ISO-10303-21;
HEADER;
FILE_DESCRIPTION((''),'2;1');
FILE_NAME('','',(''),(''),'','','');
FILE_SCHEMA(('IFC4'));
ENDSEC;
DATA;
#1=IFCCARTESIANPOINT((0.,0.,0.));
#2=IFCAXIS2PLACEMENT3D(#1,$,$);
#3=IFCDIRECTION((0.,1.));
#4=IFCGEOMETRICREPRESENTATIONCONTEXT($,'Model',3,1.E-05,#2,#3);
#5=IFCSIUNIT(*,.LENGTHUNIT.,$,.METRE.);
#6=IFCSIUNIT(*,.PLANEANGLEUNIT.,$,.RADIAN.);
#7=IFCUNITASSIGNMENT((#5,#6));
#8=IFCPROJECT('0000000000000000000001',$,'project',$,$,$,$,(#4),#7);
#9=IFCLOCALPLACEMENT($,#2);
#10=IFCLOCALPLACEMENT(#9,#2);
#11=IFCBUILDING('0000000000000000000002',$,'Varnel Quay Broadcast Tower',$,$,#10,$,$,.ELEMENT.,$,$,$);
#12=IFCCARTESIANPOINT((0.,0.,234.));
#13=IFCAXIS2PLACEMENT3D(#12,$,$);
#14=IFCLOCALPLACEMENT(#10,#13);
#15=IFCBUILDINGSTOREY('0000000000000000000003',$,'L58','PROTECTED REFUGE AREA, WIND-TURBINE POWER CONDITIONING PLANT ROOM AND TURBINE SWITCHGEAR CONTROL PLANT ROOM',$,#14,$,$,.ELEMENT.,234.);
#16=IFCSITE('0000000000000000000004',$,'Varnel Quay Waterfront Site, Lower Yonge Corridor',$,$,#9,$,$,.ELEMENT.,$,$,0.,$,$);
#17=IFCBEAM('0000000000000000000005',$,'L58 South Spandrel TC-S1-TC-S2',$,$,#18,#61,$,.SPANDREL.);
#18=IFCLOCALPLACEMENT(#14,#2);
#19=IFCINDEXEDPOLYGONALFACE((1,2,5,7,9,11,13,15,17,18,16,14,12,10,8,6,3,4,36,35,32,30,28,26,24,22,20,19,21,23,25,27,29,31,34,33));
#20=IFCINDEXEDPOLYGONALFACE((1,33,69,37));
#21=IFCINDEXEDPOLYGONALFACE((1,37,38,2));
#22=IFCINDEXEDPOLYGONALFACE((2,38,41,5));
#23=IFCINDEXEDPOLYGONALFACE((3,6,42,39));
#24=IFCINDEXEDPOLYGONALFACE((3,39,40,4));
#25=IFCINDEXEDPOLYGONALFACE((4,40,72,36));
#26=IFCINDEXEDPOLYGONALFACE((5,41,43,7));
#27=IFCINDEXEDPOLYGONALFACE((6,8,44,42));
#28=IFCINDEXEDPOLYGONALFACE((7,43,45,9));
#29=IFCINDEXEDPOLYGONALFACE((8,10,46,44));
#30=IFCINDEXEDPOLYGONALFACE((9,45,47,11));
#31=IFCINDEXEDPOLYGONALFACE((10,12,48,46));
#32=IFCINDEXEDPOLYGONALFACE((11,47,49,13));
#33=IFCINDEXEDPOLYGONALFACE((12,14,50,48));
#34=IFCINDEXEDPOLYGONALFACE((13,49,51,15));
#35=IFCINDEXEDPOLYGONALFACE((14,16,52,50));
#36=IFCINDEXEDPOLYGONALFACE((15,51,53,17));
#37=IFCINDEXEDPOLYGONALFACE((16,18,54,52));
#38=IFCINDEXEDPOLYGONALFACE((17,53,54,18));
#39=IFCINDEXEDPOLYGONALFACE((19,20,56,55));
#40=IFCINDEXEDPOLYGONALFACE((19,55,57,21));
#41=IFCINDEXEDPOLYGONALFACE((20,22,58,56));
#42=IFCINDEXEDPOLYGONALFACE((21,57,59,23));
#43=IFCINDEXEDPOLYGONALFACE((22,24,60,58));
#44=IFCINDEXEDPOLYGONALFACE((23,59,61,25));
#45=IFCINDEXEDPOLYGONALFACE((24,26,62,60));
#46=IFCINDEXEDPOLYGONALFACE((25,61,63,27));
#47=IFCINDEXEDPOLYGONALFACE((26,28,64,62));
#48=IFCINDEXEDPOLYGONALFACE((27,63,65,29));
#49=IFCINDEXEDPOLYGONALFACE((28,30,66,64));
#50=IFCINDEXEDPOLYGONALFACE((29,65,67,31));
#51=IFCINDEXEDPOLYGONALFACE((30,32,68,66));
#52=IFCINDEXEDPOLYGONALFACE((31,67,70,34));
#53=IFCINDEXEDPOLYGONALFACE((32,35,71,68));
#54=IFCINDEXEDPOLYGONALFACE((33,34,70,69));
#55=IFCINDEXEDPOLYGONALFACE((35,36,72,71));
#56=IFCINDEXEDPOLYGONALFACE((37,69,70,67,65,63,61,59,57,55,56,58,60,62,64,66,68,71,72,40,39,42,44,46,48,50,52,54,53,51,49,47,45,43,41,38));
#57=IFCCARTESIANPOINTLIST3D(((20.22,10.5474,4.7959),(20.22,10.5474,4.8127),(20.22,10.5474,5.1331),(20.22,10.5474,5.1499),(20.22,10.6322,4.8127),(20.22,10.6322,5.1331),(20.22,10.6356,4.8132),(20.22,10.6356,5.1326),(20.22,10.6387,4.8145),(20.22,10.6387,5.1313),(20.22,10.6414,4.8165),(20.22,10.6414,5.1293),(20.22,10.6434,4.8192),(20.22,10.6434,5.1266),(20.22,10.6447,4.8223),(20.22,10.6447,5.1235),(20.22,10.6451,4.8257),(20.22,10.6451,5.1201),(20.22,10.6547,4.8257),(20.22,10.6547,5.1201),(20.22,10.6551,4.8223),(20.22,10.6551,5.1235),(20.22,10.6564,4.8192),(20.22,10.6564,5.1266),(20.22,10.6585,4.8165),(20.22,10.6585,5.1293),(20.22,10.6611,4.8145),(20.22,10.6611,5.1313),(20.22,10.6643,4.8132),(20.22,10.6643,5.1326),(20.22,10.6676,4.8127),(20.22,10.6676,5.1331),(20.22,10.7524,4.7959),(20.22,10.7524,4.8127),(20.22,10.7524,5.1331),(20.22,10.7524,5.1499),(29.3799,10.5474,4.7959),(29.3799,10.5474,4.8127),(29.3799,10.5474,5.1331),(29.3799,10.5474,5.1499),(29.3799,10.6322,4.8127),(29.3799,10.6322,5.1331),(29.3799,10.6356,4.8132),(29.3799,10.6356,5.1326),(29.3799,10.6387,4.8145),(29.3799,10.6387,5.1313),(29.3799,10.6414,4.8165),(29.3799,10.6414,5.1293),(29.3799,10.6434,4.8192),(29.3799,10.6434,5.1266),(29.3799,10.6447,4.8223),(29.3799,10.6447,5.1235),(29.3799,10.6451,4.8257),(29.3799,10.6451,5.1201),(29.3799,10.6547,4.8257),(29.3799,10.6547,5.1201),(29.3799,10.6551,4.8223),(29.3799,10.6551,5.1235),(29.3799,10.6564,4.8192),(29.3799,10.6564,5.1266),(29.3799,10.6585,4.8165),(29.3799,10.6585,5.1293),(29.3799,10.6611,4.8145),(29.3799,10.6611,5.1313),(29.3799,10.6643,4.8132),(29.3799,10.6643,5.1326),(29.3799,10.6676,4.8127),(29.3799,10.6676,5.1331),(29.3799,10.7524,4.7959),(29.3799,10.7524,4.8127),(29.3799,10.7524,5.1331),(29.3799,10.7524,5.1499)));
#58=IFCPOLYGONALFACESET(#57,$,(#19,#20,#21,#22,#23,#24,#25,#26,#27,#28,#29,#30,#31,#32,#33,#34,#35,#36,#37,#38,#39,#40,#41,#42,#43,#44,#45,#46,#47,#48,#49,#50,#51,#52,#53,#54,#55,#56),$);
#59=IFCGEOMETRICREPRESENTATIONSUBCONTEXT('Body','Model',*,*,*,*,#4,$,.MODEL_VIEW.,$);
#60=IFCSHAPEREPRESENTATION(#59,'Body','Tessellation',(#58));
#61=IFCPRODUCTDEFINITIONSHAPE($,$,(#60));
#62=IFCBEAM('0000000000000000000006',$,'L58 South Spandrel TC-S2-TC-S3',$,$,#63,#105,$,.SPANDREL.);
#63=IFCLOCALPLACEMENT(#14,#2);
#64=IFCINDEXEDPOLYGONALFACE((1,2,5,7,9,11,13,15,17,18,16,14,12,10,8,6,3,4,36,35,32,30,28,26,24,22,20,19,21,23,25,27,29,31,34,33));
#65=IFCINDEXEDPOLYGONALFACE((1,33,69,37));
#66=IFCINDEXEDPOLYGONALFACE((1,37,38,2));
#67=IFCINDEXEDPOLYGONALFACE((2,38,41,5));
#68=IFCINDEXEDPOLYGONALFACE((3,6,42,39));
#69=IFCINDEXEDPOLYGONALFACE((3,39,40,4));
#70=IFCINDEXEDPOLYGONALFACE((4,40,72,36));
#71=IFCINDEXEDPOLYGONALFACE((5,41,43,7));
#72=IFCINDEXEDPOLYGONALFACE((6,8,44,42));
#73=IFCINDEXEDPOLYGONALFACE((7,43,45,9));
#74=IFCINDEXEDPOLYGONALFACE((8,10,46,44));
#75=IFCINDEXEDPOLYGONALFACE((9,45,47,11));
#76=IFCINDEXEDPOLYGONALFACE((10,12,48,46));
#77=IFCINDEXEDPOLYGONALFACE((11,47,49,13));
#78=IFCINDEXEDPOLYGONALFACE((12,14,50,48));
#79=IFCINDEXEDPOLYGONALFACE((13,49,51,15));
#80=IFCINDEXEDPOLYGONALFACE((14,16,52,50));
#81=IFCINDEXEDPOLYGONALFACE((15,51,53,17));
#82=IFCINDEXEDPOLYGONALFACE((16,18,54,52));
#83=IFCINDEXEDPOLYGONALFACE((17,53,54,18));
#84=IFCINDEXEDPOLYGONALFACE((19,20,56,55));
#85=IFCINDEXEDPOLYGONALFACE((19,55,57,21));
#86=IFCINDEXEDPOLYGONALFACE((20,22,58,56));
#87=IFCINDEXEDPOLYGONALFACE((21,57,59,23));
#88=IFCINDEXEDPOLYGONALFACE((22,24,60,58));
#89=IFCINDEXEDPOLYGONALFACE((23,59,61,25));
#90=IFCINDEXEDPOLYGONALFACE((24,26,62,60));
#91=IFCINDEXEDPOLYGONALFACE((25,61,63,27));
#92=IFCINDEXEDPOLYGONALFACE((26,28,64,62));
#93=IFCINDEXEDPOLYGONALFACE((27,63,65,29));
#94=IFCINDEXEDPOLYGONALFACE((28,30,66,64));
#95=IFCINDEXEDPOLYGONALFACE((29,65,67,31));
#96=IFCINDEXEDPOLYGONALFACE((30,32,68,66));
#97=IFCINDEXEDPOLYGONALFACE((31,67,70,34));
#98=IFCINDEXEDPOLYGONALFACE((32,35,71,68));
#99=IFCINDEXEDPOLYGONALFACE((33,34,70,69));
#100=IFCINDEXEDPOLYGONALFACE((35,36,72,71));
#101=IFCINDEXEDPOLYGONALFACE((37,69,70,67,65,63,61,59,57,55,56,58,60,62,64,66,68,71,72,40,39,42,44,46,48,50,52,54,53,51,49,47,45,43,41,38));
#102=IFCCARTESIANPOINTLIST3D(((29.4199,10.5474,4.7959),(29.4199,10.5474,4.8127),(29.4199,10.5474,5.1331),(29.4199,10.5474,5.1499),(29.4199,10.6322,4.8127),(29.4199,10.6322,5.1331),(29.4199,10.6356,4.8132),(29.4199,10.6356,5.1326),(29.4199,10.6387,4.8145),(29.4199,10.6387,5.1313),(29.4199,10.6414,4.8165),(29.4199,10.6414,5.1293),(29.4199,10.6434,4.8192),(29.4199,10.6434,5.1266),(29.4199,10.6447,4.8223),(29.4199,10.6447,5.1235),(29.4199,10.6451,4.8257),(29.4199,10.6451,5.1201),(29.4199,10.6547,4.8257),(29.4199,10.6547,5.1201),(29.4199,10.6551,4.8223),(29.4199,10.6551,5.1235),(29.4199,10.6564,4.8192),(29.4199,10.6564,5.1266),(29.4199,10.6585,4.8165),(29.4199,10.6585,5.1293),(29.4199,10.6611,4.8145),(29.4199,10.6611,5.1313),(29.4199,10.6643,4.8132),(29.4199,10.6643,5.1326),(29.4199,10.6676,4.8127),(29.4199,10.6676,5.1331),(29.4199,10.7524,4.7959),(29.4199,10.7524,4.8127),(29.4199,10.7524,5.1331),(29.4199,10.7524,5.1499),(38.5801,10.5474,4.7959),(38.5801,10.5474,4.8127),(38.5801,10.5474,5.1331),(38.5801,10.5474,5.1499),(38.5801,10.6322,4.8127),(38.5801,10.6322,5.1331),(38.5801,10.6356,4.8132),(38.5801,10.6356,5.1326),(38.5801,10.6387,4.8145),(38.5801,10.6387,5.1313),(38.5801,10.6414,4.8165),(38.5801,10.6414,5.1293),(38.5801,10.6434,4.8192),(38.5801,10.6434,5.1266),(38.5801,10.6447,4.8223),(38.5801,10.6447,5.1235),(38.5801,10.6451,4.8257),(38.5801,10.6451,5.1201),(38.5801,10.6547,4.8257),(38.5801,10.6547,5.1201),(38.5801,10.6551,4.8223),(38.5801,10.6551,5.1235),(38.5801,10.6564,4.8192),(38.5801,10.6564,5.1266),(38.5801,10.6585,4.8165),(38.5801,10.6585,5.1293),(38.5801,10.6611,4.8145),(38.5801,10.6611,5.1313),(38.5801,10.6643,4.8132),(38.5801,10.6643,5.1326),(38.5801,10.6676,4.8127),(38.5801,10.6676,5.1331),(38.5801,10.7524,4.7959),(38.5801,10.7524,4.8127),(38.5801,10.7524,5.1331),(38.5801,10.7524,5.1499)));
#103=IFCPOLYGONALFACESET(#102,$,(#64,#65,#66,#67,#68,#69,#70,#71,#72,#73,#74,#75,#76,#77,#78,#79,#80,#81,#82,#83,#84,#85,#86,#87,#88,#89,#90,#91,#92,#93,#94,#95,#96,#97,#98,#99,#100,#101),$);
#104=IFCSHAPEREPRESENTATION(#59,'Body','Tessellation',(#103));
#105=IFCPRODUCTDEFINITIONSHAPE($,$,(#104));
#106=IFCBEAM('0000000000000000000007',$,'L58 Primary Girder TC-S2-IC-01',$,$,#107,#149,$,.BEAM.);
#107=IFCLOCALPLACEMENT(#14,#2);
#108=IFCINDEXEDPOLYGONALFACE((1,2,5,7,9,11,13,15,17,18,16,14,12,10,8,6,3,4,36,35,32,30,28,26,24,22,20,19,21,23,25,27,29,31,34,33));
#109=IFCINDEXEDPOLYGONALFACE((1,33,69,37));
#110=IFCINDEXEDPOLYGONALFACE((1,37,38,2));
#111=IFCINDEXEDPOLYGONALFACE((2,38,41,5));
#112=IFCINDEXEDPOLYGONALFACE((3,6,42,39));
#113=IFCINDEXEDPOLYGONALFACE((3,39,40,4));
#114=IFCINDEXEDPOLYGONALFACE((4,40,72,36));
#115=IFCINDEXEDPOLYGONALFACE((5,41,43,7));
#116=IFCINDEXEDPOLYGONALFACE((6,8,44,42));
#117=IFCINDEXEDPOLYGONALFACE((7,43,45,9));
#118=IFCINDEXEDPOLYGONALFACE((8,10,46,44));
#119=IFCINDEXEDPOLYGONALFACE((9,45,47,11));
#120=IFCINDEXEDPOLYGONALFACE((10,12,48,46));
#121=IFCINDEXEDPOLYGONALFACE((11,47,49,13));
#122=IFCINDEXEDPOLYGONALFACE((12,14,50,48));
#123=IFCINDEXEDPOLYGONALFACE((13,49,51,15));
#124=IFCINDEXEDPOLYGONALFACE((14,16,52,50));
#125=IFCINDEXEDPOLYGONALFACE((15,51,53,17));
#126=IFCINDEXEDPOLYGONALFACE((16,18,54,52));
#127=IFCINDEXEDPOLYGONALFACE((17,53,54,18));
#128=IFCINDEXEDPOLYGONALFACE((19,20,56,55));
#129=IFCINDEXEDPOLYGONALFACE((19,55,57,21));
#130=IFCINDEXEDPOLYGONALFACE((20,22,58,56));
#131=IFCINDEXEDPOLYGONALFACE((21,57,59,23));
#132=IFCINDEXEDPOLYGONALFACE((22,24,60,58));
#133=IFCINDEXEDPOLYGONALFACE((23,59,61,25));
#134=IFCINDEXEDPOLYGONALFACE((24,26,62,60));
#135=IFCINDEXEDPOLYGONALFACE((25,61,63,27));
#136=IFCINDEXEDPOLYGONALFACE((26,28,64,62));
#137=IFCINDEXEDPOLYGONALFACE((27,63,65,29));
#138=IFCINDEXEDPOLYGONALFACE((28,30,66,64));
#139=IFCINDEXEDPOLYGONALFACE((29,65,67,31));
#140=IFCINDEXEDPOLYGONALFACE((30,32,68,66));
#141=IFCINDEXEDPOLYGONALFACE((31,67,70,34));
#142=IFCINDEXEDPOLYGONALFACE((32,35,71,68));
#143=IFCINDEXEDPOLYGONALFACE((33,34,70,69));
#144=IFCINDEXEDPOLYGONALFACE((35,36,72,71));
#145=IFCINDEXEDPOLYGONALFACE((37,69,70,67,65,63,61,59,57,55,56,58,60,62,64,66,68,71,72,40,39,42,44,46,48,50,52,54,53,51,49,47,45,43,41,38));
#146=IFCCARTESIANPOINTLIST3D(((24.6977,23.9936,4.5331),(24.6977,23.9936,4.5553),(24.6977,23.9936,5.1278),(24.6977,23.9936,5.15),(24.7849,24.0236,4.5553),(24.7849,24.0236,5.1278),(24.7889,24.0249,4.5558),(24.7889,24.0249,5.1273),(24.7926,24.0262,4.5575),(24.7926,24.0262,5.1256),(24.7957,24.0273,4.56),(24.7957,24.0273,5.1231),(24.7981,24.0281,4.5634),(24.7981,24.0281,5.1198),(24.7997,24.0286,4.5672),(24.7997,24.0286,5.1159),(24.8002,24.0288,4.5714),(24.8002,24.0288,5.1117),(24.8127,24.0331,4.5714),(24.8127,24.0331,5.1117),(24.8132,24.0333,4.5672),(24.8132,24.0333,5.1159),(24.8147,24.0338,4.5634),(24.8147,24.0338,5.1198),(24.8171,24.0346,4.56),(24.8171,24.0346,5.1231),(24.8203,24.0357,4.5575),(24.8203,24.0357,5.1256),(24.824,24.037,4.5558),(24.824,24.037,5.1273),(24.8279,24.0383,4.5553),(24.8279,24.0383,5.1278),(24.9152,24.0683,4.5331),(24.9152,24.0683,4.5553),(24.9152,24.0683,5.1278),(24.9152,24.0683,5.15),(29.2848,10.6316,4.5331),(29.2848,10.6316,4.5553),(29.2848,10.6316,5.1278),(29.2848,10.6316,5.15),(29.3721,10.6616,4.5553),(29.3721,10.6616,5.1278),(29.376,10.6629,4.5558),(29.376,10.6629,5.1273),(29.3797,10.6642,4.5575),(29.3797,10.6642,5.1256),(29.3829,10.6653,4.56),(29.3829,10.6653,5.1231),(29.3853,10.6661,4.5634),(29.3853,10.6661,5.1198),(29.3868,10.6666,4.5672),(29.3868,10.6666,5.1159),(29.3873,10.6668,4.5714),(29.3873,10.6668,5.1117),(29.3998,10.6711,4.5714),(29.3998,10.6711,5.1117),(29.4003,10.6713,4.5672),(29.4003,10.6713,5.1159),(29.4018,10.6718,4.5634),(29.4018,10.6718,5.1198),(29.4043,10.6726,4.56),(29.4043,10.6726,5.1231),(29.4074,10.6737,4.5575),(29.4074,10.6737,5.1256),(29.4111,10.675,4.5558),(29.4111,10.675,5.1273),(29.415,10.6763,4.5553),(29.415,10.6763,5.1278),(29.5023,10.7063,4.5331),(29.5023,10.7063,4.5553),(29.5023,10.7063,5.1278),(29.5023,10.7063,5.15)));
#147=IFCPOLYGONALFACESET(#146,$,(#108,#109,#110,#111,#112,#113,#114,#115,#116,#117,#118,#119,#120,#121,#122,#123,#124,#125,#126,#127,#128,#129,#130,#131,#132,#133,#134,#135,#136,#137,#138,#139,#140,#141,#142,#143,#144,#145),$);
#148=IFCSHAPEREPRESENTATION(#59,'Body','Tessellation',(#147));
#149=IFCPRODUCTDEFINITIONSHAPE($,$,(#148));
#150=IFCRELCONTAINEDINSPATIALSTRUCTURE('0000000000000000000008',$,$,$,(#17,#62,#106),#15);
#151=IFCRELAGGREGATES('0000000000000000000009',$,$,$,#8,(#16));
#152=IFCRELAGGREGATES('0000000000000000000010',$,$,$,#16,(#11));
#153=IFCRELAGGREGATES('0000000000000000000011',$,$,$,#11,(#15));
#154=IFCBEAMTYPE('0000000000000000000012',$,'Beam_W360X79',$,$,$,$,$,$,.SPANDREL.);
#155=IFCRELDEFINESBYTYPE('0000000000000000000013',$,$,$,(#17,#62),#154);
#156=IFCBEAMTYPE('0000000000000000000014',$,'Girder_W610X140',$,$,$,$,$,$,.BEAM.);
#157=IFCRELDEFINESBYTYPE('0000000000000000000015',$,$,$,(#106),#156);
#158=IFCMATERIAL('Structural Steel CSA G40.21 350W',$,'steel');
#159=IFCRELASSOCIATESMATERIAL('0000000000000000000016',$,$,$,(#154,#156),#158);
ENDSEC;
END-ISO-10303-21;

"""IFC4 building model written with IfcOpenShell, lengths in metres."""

from ifc_helpers import new_model, si_unit, direction, frame, origin, origin_2d, place, context, subcontext, project, spatial, i_section, extrude, source, transform, mapped, material, material_profile, profile_set, type_object, type_shapes, element, save


model = new_model("IFC4")

# Units and contexts
model_context = context("Model", 3, precision=1e-05, world=origin(), true_north=direction((0.0, 1.0)))
body_context = subcontext(model_context, "Body", "Model", "MODEL_VIEW")
ifc_project = project(units=[si_unit("LENGTHUNIT", "METRE"), si_unit("PLANEANGLEUNIT", "RADIAN")], contexts=[model_context])

# Site, building, storey
site_placement = place(None, origin())
site = spatial("IfcSite", under=ifc_project, at=site_placement, Name="Varnel Quay Waterfront Site, Lower Yonge Corridor", CompositionType="ELEMENT", RefElevation=0.0)
building_placement = place(site_placement, origin())
building = spatial("IfcBuilding", under=site, at=building_placement, Name="Varnel Quay Broadcast Tower", CompositionType="ELEMENT")
storey_placement = place(building_placement, frame((0.0, 0.0, 234.0)))
storey = spatial("IfcBuildingStorey", under=building, at=storey_placement, Name="L58", Description="PROTECTED REFUGE AREA, WIND-TURBINE POWER CONDITIONING PLANT ROOM AND TURBINE SWITCHGEAR CONTROL PLANT ROOM", CompositionType="ELEMENT", Elevation=234.0)

# Shared definitions
ifc_material_1 = material(Name="Structural Steel CSA G40.21 350W", Category="steel")

# Beams
ifc_material_profile_1 = material_profile(ifc_material_1, i_section(OverallWidth=0.2051, OverallDepth=0.354, WebThickness=0.0095, FlangeThickness=0.0168, FilletRadius=0.0129, at=origin_2d()), Name="W360X79")
ifc_profile_set_1 = profile_set([ifc_material_profile_1], Name="Structural Steel CSA G40.21 350W")
beam_type_1 = type_object("IfcBeamType", Name="Beam_W360X79", PredefinedType="SPANDREL", material=ifc_profile_set_1)
shared_shape_1 = source(origin(), body_context, "Body", "SweptSolid", [
    extrude(i_section(OverallWidth=0.2051, OverallDepth=0.354, WebThickness=0.0095, FlangeThickness=0.0168, FilletRadius=0.0129, at=origin_2d()), origin(), (0.0, 0.0, 1.0), 9.1599),
])
beam_1_placement = place(storey_placement, frame((20.22, 10.6499, 4.9729), z_axis=(1.0, 0.0, 0.0), x_axis=(0.0, 1.0, 0.0)))
element("IfcBeam", 1, at=beam_1_placement, inside=storey, type_object=beam_type_1, Name="L58 South Spandrel TC-S1-TC-S2", PredefinedType="SPANDREL", context=body_context, shape_type="MappedRepresentation", body=[
    mapped(shared_shape_1, transform((0.0, 0.0, 0.0), x_axis=(1.0, 0.0, 0.0), y_axis=(0.0, 1.0, 0.0), z_axis=(0.0, 0.0, 1.0), scale=1.0)),
])
shared_shape_2 = source(origin(), body_context, "Body", "SweptSolid", [
    extrude(i_section(OverallWidth=0.2051, OverallDepth=0.354, WebThickness=0.0095, FlangeThickness=0.0168, FilletRadius=0.0129, at=origin_2d()), origin(), (0.0, 0.0, 1.0), 9.1602),
])
type_shapes(beam_type_1, [shared_shape_1, shared_shape_2])
beam_2_placement = place(storey_placement, frame((29.4199, 10.6499, 4.9729), z_axis=(1.0, 0.0, 0.0), x_axis=(0.0, 1.0, 0.0)))
element("IfcBeam", 2, at=beam_2_placement, inside=storey, type_object=beam_type_1, Name="L58 South Spandrel TC-S2-TC-S3", PredefinedType="SPANDREL", context=body_context, shape_type="MappedRepresentation", body=[
    mapped(shared_shape_2, transform((0.0, 0.0, 0.0), x_axis=(1.0, 0.0, 0.0), y_axis=(0.0, 1.0, 0.0), z_axis=(0.0, 0.0, 1.0), scale=1.0)),
])
ifc_material_profile_2 = material_profile(ifc_material_1, i_section(OverallWidth=0.23, OverallDepth=0.6169, WebThickness=0.0132, FlangeThickness=0.0222, FilletRadius=0.0161, at=origin_2d()), Name="W610X140")
ifc_profile_set_2 = profile_set([ifc_material_profile_2], Name="Structural Steel CSA G40.21 350W")
beam_type_2 = type_object("IfcBeamType", Name="Girder_W610X140", PredefinedType="BEAM", material=ifc_profile_set_2)
shared_shape_3 = source(origin(), body_context, "Body", "SweptSolid", [
    extrude(i_section(OverallWidth=0.23, OverallDepth=0.6169, WebThickness=0.0132, FlangeThickness=0.0222, FilletRadius=0.0161, at=origin_2d()), origin(), (0.0, 0.0, 1.0), 14.1274),
])
beam_3_placement = place(storey_placement, frame((29.3936, 10.6689, 4.8416), z_axis=(-0.324697, 0.945818, 0.0), x_axis=(-0.945818, -0.324697, 0.0)))
element("IfcBeam", 3, at=beam_3_placement, inside=storey, type_object=beam_type_2, Name="L58 Primary Girder TC-S2-IC-01", PredefinedType="BEAM", context=body_context, shape_type="MappedRepresentation", body=[
    mapped(shared_shape_3, transform((0.0, 0.0, 0.0), x_axis=(1.0, 0.0, 0.0), y_axis=(0.0, 1.0, 0.0), z_axis=(0.0, 0.0, 1.0), scale=1.0)),
])

save(model, "model.ifc")
